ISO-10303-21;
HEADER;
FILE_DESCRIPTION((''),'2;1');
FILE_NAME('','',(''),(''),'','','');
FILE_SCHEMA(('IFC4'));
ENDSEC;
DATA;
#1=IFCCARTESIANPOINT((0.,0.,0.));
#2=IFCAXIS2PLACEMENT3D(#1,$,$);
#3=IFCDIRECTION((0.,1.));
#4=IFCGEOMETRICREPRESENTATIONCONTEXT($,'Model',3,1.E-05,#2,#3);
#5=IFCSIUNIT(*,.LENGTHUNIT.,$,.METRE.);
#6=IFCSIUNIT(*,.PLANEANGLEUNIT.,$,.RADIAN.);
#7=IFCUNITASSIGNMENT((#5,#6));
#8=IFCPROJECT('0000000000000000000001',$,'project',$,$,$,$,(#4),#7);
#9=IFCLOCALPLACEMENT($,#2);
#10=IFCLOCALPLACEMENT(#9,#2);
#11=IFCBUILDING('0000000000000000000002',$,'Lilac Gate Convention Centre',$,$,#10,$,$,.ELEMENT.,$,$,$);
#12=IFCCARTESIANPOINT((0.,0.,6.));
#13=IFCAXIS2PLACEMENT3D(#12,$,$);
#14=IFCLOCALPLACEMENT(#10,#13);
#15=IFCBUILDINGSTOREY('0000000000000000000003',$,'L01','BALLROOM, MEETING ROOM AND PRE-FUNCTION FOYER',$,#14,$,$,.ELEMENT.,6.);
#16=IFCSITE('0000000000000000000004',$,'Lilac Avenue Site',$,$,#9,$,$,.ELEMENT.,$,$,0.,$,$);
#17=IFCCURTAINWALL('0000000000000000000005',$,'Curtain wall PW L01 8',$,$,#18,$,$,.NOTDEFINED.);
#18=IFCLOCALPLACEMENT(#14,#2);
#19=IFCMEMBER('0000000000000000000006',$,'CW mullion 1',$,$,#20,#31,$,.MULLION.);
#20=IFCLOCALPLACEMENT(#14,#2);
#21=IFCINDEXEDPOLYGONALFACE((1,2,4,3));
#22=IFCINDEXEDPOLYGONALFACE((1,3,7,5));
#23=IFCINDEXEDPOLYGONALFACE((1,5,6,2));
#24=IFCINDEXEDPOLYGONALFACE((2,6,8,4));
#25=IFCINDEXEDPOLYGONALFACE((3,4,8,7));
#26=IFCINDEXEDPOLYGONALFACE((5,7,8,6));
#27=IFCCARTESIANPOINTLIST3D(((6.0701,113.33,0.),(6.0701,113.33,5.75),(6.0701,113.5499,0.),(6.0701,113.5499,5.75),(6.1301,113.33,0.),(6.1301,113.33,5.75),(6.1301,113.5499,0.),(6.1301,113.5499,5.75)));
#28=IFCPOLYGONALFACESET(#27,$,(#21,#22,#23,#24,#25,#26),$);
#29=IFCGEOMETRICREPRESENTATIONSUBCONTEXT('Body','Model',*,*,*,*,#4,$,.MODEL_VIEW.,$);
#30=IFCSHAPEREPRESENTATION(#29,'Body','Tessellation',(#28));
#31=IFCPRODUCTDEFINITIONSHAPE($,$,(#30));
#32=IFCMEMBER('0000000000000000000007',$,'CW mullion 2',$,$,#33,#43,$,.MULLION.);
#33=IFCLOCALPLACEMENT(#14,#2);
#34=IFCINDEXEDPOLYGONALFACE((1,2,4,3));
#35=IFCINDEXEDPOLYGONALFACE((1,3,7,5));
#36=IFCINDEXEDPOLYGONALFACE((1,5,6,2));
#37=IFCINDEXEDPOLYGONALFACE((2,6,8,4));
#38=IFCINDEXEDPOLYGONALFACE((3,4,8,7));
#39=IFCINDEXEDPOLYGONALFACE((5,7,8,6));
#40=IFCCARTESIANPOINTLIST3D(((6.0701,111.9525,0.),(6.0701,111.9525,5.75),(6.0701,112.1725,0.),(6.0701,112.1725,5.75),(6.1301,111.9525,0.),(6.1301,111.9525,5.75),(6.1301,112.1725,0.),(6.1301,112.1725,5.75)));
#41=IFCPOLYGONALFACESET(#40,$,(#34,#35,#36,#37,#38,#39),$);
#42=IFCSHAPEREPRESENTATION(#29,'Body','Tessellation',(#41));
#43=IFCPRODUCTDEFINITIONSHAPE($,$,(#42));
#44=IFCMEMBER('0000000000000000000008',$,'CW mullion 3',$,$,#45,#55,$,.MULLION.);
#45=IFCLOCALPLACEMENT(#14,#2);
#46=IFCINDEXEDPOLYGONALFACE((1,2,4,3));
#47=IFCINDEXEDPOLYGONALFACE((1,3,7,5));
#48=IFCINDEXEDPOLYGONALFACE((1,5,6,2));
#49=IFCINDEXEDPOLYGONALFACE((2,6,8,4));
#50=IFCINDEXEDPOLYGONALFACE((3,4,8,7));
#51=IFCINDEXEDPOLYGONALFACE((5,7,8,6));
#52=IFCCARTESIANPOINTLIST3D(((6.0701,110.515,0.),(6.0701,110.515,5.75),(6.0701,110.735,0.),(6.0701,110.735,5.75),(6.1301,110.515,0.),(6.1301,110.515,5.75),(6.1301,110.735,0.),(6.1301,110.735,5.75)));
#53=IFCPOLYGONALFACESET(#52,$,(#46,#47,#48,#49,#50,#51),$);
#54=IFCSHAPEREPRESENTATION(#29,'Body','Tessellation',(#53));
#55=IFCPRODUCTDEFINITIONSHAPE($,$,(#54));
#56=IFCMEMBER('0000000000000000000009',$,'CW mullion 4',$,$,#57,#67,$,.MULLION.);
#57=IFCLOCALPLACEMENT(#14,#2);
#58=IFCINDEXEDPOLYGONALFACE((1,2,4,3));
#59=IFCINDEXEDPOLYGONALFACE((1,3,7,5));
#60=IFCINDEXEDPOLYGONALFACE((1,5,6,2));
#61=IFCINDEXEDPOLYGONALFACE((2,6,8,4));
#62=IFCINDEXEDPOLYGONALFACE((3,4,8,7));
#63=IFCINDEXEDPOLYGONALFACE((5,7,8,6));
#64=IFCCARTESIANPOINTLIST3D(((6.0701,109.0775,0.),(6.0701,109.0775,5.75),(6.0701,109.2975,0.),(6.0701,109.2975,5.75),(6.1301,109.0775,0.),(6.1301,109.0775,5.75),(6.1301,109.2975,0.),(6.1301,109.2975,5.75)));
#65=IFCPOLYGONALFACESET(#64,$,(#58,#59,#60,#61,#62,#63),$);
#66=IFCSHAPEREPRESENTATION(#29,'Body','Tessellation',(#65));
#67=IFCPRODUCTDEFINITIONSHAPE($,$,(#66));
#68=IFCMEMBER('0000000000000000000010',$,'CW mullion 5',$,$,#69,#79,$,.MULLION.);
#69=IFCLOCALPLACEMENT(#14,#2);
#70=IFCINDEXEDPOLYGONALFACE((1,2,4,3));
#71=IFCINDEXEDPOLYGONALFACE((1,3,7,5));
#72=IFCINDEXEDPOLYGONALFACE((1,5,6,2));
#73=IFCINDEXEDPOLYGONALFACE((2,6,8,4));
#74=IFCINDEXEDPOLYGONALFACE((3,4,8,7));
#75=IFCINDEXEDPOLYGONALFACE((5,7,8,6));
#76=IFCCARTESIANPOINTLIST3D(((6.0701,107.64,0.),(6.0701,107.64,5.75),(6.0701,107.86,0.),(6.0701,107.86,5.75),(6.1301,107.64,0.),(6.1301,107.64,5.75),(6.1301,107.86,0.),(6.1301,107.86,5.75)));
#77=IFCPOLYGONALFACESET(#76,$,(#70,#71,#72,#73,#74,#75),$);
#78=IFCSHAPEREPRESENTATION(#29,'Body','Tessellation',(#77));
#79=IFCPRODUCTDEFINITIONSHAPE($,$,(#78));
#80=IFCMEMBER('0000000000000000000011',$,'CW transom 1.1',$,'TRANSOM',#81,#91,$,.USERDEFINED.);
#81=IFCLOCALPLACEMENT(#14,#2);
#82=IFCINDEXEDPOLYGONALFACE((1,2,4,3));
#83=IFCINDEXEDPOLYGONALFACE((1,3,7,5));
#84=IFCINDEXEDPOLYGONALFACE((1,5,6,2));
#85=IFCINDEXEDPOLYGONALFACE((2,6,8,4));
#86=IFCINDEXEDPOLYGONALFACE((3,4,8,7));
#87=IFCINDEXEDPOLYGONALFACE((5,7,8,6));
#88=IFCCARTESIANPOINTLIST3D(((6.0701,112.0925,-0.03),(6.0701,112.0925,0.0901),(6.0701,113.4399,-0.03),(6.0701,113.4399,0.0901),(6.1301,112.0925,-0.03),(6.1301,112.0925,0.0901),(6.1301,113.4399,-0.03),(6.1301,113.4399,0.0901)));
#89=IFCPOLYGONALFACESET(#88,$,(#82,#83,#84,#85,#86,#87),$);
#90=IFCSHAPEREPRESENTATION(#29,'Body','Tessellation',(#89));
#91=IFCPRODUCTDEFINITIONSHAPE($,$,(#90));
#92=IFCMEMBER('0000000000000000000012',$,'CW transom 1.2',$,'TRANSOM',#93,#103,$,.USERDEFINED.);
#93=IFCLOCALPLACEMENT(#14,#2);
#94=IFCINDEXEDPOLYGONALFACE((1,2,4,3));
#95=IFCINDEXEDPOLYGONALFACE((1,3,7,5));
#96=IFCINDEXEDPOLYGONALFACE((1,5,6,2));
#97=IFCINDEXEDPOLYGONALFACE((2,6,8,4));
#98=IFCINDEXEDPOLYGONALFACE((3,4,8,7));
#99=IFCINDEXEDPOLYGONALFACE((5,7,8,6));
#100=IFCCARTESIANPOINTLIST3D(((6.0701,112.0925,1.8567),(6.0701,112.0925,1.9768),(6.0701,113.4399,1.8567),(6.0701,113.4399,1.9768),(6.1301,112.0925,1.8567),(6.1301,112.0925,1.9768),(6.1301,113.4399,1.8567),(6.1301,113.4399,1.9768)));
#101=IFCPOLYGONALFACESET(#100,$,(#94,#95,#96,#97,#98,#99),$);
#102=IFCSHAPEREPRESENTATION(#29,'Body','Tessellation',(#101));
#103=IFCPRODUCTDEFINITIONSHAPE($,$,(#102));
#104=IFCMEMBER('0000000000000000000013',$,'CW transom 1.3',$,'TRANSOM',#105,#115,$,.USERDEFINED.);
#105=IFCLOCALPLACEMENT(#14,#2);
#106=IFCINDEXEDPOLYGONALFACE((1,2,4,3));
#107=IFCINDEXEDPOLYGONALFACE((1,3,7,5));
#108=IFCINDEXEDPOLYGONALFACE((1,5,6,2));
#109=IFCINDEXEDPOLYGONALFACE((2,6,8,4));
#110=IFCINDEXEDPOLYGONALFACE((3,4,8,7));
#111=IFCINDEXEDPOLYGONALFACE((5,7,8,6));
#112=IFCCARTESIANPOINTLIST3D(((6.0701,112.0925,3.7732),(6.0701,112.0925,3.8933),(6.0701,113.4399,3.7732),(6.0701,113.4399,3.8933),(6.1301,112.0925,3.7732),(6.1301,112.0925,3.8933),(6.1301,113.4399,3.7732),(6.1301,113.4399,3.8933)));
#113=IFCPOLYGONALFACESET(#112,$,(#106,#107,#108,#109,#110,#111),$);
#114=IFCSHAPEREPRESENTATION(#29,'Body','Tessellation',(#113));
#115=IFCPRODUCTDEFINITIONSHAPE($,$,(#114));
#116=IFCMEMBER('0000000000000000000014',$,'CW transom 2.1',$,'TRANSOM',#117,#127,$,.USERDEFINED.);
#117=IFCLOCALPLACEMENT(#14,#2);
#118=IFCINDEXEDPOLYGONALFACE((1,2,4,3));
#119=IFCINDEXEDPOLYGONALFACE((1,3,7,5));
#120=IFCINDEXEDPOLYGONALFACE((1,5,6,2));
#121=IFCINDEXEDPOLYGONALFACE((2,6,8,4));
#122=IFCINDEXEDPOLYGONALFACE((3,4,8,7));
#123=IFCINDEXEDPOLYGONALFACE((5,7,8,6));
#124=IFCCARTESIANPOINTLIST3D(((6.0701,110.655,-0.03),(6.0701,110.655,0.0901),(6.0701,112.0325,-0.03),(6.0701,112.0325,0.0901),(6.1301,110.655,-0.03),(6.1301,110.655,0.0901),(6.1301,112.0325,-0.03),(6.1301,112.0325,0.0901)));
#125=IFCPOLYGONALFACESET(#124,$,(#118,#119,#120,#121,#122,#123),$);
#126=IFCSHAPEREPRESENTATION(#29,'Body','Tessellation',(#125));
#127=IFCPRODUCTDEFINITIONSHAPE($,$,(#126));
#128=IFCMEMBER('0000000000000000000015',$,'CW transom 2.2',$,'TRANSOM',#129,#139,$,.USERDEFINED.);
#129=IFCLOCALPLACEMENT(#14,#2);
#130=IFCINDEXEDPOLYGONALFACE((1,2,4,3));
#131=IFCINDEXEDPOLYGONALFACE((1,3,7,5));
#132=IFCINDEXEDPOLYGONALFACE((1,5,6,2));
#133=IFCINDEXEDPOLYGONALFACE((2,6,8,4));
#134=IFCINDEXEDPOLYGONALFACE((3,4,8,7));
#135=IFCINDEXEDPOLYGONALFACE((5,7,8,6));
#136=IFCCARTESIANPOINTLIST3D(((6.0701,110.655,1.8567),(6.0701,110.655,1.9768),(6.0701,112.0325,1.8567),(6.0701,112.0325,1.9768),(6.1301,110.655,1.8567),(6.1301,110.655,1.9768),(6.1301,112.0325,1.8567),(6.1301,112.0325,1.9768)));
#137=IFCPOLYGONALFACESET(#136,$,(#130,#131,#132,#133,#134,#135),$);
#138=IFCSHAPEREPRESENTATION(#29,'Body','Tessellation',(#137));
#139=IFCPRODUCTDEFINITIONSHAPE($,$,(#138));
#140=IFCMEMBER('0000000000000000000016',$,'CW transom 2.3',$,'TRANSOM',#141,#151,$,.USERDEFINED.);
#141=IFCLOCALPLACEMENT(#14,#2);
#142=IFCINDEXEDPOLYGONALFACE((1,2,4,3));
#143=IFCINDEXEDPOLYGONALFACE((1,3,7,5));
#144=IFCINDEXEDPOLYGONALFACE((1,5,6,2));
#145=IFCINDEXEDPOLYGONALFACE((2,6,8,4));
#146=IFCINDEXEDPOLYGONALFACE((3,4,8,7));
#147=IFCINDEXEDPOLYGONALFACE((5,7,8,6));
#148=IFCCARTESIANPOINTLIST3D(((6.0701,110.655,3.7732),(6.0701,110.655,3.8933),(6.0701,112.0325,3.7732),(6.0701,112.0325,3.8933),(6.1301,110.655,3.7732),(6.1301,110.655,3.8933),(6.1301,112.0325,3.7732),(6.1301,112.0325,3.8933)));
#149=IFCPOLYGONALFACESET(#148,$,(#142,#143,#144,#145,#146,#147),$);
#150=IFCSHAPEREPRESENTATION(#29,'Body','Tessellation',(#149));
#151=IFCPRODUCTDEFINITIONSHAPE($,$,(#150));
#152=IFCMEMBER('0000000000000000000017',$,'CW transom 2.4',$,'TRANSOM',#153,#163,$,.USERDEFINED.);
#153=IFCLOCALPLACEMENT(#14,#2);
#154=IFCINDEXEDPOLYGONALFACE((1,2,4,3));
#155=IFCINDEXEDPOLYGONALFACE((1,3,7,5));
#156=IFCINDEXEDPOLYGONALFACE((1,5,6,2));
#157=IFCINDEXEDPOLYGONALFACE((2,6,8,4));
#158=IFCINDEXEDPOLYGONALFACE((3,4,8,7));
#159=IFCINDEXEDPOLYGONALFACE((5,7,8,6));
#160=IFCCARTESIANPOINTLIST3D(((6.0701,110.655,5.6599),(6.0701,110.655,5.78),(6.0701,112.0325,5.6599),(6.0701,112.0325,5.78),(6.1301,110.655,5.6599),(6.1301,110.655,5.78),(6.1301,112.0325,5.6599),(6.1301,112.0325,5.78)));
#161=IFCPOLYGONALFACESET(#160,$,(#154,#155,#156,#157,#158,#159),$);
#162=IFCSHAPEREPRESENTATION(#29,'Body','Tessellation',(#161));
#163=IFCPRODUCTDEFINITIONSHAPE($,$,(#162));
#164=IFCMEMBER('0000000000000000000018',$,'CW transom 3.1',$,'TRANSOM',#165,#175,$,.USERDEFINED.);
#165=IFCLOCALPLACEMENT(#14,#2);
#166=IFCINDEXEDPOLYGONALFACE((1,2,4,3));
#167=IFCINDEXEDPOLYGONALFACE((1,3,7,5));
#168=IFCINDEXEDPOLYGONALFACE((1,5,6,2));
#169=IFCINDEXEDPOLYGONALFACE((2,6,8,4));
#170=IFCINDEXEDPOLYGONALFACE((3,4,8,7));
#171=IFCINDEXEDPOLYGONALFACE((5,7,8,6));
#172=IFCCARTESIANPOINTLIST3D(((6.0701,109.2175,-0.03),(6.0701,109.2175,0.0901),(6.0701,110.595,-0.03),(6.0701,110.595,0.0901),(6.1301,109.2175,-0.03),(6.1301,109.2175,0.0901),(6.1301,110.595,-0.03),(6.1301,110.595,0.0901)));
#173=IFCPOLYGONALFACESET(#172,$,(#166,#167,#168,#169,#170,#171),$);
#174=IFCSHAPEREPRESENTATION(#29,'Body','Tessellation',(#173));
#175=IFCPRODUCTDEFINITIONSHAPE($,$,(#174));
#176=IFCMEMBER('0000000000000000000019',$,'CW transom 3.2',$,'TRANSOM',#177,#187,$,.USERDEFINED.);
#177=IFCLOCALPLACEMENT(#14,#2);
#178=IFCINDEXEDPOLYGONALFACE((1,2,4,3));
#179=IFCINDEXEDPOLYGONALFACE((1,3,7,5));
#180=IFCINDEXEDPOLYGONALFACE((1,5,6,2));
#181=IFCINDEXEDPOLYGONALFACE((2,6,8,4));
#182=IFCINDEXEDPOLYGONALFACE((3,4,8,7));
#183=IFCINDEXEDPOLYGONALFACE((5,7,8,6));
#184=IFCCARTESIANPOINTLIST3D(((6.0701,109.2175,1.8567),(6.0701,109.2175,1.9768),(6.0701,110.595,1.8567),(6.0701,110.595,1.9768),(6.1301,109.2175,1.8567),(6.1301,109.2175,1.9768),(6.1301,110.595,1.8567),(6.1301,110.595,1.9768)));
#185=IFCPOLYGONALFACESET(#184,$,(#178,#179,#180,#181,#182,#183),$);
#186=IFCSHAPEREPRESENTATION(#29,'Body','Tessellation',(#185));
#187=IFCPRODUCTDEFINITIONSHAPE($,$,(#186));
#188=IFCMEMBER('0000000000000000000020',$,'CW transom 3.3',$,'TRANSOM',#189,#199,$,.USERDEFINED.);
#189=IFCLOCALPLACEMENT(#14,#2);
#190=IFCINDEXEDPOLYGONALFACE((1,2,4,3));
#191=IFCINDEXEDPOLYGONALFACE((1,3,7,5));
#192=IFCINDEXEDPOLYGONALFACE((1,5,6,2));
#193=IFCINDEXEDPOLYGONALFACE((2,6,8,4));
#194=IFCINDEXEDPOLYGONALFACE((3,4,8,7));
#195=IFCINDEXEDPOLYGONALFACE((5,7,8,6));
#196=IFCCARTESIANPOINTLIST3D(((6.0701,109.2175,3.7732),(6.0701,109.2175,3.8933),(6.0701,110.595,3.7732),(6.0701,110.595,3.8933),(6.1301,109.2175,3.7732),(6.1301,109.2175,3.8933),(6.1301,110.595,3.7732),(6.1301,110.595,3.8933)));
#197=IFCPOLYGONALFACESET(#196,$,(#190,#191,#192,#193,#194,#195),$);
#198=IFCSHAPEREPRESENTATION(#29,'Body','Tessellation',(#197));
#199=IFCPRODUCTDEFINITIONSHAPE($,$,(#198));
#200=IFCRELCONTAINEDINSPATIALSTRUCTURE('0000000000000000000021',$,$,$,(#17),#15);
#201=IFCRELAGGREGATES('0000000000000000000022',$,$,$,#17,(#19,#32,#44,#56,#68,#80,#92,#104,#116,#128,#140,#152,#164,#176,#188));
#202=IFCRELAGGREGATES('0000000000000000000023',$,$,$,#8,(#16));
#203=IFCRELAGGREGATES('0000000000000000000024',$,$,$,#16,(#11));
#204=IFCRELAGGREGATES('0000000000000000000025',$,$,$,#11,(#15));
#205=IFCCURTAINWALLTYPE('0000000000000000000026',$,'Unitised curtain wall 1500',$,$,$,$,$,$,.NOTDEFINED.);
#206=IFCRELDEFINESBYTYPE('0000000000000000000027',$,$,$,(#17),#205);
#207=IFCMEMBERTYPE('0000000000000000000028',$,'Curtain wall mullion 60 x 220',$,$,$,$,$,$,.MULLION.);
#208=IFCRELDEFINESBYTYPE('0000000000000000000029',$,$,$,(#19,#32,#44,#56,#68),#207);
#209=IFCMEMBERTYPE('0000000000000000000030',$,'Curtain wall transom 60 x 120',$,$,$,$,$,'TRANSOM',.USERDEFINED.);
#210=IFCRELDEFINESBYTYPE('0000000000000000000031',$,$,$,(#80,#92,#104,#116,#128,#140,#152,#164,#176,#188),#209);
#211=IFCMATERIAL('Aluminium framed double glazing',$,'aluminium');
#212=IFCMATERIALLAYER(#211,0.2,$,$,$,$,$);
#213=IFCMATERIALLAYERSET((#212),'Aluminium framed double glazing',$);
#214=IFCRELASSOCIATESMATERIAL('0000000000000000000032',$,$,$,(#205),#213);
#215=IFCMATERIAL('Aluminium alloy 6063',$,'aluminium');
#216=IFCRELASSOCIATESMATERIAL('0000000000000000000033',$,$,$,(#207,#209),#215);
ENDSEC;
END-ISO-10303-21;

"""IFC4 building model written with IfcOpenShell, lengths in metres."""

from ifc_helpers import new_model, si_unit, direction, frame, origin, origin_2d, place, context, subcontext, project, spatial, rectangle, extrude, material, layer, layer_set, material_profile, profile_set, type_object, element, aggregate, save


model = new_model("IFC4")

# Units and contexts
model_context = context("Model", 3, precision=1e-05, world=origin(), true_north=direction((0.0, 1.0)))
body_context = subcontext(model_context, "Body", "Model", "MODEL_VIEW")
ifc_project = project(units=[si_unit("LENGTHUNIT", "METRE"), si_unit("PLANEANGLEUNIT", "RADIAN")], contexts=[model_context])

# Site, building, storey
site_placement = place(None, origin())
site = spatial("IfcSite", under=ifc_project, at=site_placement, Name="Lilac Avenue Site", CompositionType="ELEMENT", RefElevation=0.0)
building_placement = place(site_placement, origin())
building = spatial("IfcBuilding", under=site, at=building_placement, Name="Lilac Gate Convention Centre", CompositionType="ELEMENT")
storey_placement = place(building_placement, frame((0.0, 0.0, 6.0)))
storey = spatial("IfcBuildingStorey", under=building, at=storey_placement, Name="L01", Description="BALLROOM, MEETING ROOM AND PRE-FUNCTION FOYER", CompositionType="ELEMENT", Elevation=6.0)

# Curtain wall, members
ifc_material_1 = material(Name="Aluminium framed double glazing", Category="aluminium")
ifc_layer_1 = layer(ifc_material_1, 0.2)
ifc_layer_set_1 = layer_set([ifc_layer_1], Name="Aluminium framed double glazing")
curtain_wall_type = type_object("IfcCurtainWallType", Name="Unitised curtain wall 1500", PredefinedType="NOTDEFINED", material=ifc_layer_set_1)
curtain_wall_placement = place(storey_placement, origin())
curtain_wall = element("IfcCurtainWall", 1, at=curtain_wall_placement, inside=storey, type_object=curtain_wall_type, Name="Curtain wall PW L01 8", PredefinedType="NOTDEFINED")
ifc_material_2 = material(Name="Aluminium alloy 6063", Category="aluminium")
ifc_material_profile_1 = material_profile(ifc_material_2, rectangle(XDim=0.0601, YDim=0.22, at=origin_2d()), Name="Curtain wall mullion 60 x 220")
ifc_profile_set_1 = profile_set([ifc_material_profile_1], Name="Aluminium alloy 6063")
member_type_1 = type_object("IfcMemberType", Name="Curtain wall mullion 60 x 220", PredefinedType="MULLION", material=ifc_profile_set_1)
member_1_placement = place(storey_placement, frame((6.1001, 113.4399, 0.0), z_axis=(0.0, 0.0, 1.0), x_axis=(1.0, 0.0, 0.0)))
member_1 = element("IfcMember", 2, at=member_1_placement, type_object=member_type_1, Name="CW mullion 1", PredefinedType="MULLION", context=body_context, shape_type="SweptSolid", body=[
    extrude(rectangle(XDim=0.0601, YDim=0.22, at=origin_2d()), origin(), (0.0, 0.0, 1.0), 5.75),
])
member_2_placement = place(storey_placement, frame((6.1001, 112.0625, 0.0), z_axis=(0.0, 0.0, 1.0), x_axis=(1.0, 0.0, 0.0)))
member_2 = element("IfcMember", 3, at=member_2_placement, type_object=member_type_1, Name="CW mullion 2", PredefinedType="MULLION", context=body_context, shape_type="SweptSolid", body=[
    extrude(rectangle(XDim=0.0601, YDim=0.22, at=origin_2d()), origin(), (0.0, 0.0, 1.0), 5.75),
])
member_3_placement = place(storey_placement, frame((6.1001, 110.625, 0.0), z_axis=(0.0, 0.0, 1.0), x_axis=(1.0, 0.0, 0.0)))
member_3 = element("IfcMember", 4, at=member_3_placement, type_object=member_type_1, Name="CW mullion 3", PredefinedType="MULLION", context=body_context, shape_type="SweptSolid", body=[
    extrude(rectangle(XDim=0.0601, YDim=0.22, at=origin_2d()), origin(), (0.0, 0.0, 1.0), 5.75),
])
member_4_placement = place(storey_placement, frame((6.1001, 109.1875, 0.0), z_axis=(0.0, 0.0, 1.0), x_axis=(1.0, 0.0, 0.0)))
member_4 = element("IfcMember", 5, at=member_4_placement, type_object=member_type_1, Name="CW mullion 4", PredefinedType="MULLION", context=body_context, shape_type="SweptSolid", body=[
    extrude(rectangle(XDim=0.0601, YDim=0.22, at=origin_2d()), origin(), (0.0, 0.0, 1.0), 5.75),
])
member_5_placement = place(storey_placement, frame((6.1001, 107.75, 0.0), z_axis=(0.0, 0.0, 1.0), x_axis=(1.0, 0.0, 0.0)))
member_5 = element("IfcMember", 6, at=member_5_placement, type_object=member_type_1, Name="CW mullion 5", PredefinedType="MULLION", context=body_context, shape_type="SweptSolid", body=[
    extrude(rectangle(XDim=0.0601, YDim=0.22, at=origin_2d()), origin(), (0.0, 0.0, 1.0), 5.75),
])
ifc_material_profile_2 = material_profile(ifc_material_2, rectangle(XDim=0.0601, YDim=0.1201, at=origin_2d()), Name="Curtain wall transom 60 x 120")
ifc_profile_set_2 = profile_set([ifc_material_profile_2], Name="Aluminium alloy 6063")
member_type_2 = type_object("IfcMemberType", Name="Curtain wall transom 60 x 120", ElementType="TRANSOM", PredefinedType="USERDEFINED", material=ifc_profile_set_2)
member_6_placement = place(storey_placement, frame((6.1001, 113.4399, 0.03), z_axis=(0.0, -1.0, 0.0), x_axis=(1.0, 0.0, 0.0)))
member_6 = element("IfcMember", 7, at=member_6_placement, type_object=member_type_2, Name="CW transom 1.1", ObjectType="TRANSOM", PredefinedType="USERDEFINED", context=body_context, shape_type="SweptSolid", body=[
    extrude(rectangle(XDim=0.0601, YDim=0.1201, at=origin_2d()), origin(), (0.0, 0.0, 1.0), 1.3474),
])
member_7_placement = place(storey_placement, frame((6.1001, 113.4399, 1.9167), z_axis=(0.0, -1.0, 0.0), x_axis=(1.0, 0.0, 0.0)))
member_7 = element("IfcMember", 8, at=member_7_placement, type_object=member_type_2, Name="CW transom 1.2", ObjectType="TRANSOM", PredefinedType="USERDEFINED", context=body_context, shape_type="SweptSolid", body=[
    extrude(rectangle(XDim=0.0601, YDim=0.1201, at=origin_2d()), origin(), (0.0, 0.0, 1.0), 1.3474),
])
member_8_placement = place(storey_placement, frame((6.1001, 113.4399, 3.8333), z_axis=(0.0, -1.0, 0.0), x_axis=(1.0, 0.0, 0.0)))
member_8 = element("IfcMember", 9, at=member_8_placement, type_object=member_type_2, Name="CW transom 1.3", ObjectType="TRANSOM", PredefinedType="USERDEFINED", context=body_context, shape_type="SweptSolid", body=[
    extrude(rectangle(XDim=0.0601, YDim=0.1201, at=origin_2d()), origin(), (0.0, 0.0, 1.0), 1.3474),
])
member_9_placement = place(storey_placement, frame((6.1001, 112.0325, 0.03), z_axis=(0.0, -1.0, 0.0), x_axis=(1.0, 0.0, 0.0)))
member_9 = element("IfcMember", 10, at=member_9_placement, type_object=member_type_2, Name="CW transom 2.1", ObjectType="TRANSOM", PredefinedType="USERDEFINED", context=body_context, shape_type="SweptSolid", body=[
    extrude(rectangle(XDim=0.0601, YDim=0.1201, at=origin_2d()), origin(), (0.0, 0.0, 1.0), 1.3774),
])
member_10_placement = place(storey_placement, frame((6.1001, 112.0325, 1.9167), z_axis=(0.0, -1.0, 0.0), x_axis=(1.0, 0.0, 0.0)))
member_10 = element("IfcMember", 11, at=member_10_placement, type_object=member_type_2, Name="CW transom 2.2", ObjectType="TRANSOM", PredefinedType="USERDEFINED", context=body_context, shape_type="SweptSolid", body=[
    extrude(rectangle(XDim=0.0601, YDim=0.1201, at=origin_2d()), origin(), (0.0, 0.0, 1.0), 1.3774),
])
member_11_placement = place(storey_placement, frame((6.1001, 112.0325, 3.8333), z_axis=(0.0, -1.0, 0.0), x_axis=(1.0, 0.0, 0.0)))
member_11 = element("IfcMember", 12, at=member_11_placement, type_object=member_type_2, Name="CW transom 2.3", ObjectType="TRANSOM", PredefinedType="USERDEFINED", context=body_context, shape_type="SweptSolid", body=[
    extrude(rectangle(XDim=0.0601, YDim=0.1201, at=origin_2d()), origin(), (0.0, 0.0, 1.0), 1.3774),
])
member_12_placement = place(storey_placement, frame((6.1001, 112.0325, 5.72), z_axis=(0.0, -1.0, 0.0), x_axis=(1.0, 0.0, 0.0)))
member_12 = element("IfcMember", 13, at=member_12_placement, type_object=member_type_2, Name="CW transom 2.4", ObjectType="TRANSOM", PredefinedType="USERDEFINED", context=body_context, shape_type="SweptSolid", body=[
    extrude(rectangle(XDim=0.0601, YDim=0.1201, at=origin_2d()), origin(), (0.0, 0.0, 1.0), 1.3774),
])
member_13_placement = place(storey_placement, frame((6.1001, 110.595, 0.03), z_axis=(0.0, -1.0, 0.0), x_axis=(1.0, 0.0, 0.0)))
member_13 = element("IfcMember", 14, at=member_13_placement, type_object=member_type_2, Name="CW transom 3.1", ObjectType="TRANSOM", PredefinedType="USERDEFINED", context=body_context, shape_type="SweptSolid", body=[
    extrude(rectangle(XDim=0.0601, YDim=0.1201, at=origin_2d()), origin(), (0.0, 0.0, 1.0), 1.3774),
])
member_14_placement = place(storey_placement, frame((6.1001, 110.595, 1.9167), z_axis=(0.0, -1.0, 0.0), x_axis=(1.0, 0.0, 0.0)))
member_14 = element("IfcMember", 15, at=member_14_placement, type_object=member_type_2, Name="CW transom 3.2", ObjectType="TRANSOM", PredefinedType="USERDEFINED", context=body_context, shape_type="SweptSolid", body=[
    extrude(rectangle(XDim=0.0601, YDim=0.1201, at=origin_2d()), origin(), (0.0, 0.0, 1.0), 1.3774),
])
member_15_placement = place(storey_placement, frame((6.1001, 110.595, 3.8333), z_axis=(0.0, -1.0, 0.0), x_axis=(1.0, 0.0, 0.0)))
member_15 = element("IfcMember", 16, at=member_15_placement, type_object=member_type_2, Name="CW transom 3.3", ObjectType="TRANSOM", PredefinedType="USERDEFINED", context=body_context, shape_type="SweptSolid", body=[
    extrude(rectangle(XDim=0.0601, YDim=0.1201, at=origin_2d()), origin(), (0.0, 0.0, 1.0), 1.3774),
])
aggregate(curtain_wall, [member_1, member_2, member_3, member_4, member_5, member_6, member_7, member_8, member_9, member_10, member_11, member_12, member_13, member_14, member_15])

save(model, "model.ifc")
